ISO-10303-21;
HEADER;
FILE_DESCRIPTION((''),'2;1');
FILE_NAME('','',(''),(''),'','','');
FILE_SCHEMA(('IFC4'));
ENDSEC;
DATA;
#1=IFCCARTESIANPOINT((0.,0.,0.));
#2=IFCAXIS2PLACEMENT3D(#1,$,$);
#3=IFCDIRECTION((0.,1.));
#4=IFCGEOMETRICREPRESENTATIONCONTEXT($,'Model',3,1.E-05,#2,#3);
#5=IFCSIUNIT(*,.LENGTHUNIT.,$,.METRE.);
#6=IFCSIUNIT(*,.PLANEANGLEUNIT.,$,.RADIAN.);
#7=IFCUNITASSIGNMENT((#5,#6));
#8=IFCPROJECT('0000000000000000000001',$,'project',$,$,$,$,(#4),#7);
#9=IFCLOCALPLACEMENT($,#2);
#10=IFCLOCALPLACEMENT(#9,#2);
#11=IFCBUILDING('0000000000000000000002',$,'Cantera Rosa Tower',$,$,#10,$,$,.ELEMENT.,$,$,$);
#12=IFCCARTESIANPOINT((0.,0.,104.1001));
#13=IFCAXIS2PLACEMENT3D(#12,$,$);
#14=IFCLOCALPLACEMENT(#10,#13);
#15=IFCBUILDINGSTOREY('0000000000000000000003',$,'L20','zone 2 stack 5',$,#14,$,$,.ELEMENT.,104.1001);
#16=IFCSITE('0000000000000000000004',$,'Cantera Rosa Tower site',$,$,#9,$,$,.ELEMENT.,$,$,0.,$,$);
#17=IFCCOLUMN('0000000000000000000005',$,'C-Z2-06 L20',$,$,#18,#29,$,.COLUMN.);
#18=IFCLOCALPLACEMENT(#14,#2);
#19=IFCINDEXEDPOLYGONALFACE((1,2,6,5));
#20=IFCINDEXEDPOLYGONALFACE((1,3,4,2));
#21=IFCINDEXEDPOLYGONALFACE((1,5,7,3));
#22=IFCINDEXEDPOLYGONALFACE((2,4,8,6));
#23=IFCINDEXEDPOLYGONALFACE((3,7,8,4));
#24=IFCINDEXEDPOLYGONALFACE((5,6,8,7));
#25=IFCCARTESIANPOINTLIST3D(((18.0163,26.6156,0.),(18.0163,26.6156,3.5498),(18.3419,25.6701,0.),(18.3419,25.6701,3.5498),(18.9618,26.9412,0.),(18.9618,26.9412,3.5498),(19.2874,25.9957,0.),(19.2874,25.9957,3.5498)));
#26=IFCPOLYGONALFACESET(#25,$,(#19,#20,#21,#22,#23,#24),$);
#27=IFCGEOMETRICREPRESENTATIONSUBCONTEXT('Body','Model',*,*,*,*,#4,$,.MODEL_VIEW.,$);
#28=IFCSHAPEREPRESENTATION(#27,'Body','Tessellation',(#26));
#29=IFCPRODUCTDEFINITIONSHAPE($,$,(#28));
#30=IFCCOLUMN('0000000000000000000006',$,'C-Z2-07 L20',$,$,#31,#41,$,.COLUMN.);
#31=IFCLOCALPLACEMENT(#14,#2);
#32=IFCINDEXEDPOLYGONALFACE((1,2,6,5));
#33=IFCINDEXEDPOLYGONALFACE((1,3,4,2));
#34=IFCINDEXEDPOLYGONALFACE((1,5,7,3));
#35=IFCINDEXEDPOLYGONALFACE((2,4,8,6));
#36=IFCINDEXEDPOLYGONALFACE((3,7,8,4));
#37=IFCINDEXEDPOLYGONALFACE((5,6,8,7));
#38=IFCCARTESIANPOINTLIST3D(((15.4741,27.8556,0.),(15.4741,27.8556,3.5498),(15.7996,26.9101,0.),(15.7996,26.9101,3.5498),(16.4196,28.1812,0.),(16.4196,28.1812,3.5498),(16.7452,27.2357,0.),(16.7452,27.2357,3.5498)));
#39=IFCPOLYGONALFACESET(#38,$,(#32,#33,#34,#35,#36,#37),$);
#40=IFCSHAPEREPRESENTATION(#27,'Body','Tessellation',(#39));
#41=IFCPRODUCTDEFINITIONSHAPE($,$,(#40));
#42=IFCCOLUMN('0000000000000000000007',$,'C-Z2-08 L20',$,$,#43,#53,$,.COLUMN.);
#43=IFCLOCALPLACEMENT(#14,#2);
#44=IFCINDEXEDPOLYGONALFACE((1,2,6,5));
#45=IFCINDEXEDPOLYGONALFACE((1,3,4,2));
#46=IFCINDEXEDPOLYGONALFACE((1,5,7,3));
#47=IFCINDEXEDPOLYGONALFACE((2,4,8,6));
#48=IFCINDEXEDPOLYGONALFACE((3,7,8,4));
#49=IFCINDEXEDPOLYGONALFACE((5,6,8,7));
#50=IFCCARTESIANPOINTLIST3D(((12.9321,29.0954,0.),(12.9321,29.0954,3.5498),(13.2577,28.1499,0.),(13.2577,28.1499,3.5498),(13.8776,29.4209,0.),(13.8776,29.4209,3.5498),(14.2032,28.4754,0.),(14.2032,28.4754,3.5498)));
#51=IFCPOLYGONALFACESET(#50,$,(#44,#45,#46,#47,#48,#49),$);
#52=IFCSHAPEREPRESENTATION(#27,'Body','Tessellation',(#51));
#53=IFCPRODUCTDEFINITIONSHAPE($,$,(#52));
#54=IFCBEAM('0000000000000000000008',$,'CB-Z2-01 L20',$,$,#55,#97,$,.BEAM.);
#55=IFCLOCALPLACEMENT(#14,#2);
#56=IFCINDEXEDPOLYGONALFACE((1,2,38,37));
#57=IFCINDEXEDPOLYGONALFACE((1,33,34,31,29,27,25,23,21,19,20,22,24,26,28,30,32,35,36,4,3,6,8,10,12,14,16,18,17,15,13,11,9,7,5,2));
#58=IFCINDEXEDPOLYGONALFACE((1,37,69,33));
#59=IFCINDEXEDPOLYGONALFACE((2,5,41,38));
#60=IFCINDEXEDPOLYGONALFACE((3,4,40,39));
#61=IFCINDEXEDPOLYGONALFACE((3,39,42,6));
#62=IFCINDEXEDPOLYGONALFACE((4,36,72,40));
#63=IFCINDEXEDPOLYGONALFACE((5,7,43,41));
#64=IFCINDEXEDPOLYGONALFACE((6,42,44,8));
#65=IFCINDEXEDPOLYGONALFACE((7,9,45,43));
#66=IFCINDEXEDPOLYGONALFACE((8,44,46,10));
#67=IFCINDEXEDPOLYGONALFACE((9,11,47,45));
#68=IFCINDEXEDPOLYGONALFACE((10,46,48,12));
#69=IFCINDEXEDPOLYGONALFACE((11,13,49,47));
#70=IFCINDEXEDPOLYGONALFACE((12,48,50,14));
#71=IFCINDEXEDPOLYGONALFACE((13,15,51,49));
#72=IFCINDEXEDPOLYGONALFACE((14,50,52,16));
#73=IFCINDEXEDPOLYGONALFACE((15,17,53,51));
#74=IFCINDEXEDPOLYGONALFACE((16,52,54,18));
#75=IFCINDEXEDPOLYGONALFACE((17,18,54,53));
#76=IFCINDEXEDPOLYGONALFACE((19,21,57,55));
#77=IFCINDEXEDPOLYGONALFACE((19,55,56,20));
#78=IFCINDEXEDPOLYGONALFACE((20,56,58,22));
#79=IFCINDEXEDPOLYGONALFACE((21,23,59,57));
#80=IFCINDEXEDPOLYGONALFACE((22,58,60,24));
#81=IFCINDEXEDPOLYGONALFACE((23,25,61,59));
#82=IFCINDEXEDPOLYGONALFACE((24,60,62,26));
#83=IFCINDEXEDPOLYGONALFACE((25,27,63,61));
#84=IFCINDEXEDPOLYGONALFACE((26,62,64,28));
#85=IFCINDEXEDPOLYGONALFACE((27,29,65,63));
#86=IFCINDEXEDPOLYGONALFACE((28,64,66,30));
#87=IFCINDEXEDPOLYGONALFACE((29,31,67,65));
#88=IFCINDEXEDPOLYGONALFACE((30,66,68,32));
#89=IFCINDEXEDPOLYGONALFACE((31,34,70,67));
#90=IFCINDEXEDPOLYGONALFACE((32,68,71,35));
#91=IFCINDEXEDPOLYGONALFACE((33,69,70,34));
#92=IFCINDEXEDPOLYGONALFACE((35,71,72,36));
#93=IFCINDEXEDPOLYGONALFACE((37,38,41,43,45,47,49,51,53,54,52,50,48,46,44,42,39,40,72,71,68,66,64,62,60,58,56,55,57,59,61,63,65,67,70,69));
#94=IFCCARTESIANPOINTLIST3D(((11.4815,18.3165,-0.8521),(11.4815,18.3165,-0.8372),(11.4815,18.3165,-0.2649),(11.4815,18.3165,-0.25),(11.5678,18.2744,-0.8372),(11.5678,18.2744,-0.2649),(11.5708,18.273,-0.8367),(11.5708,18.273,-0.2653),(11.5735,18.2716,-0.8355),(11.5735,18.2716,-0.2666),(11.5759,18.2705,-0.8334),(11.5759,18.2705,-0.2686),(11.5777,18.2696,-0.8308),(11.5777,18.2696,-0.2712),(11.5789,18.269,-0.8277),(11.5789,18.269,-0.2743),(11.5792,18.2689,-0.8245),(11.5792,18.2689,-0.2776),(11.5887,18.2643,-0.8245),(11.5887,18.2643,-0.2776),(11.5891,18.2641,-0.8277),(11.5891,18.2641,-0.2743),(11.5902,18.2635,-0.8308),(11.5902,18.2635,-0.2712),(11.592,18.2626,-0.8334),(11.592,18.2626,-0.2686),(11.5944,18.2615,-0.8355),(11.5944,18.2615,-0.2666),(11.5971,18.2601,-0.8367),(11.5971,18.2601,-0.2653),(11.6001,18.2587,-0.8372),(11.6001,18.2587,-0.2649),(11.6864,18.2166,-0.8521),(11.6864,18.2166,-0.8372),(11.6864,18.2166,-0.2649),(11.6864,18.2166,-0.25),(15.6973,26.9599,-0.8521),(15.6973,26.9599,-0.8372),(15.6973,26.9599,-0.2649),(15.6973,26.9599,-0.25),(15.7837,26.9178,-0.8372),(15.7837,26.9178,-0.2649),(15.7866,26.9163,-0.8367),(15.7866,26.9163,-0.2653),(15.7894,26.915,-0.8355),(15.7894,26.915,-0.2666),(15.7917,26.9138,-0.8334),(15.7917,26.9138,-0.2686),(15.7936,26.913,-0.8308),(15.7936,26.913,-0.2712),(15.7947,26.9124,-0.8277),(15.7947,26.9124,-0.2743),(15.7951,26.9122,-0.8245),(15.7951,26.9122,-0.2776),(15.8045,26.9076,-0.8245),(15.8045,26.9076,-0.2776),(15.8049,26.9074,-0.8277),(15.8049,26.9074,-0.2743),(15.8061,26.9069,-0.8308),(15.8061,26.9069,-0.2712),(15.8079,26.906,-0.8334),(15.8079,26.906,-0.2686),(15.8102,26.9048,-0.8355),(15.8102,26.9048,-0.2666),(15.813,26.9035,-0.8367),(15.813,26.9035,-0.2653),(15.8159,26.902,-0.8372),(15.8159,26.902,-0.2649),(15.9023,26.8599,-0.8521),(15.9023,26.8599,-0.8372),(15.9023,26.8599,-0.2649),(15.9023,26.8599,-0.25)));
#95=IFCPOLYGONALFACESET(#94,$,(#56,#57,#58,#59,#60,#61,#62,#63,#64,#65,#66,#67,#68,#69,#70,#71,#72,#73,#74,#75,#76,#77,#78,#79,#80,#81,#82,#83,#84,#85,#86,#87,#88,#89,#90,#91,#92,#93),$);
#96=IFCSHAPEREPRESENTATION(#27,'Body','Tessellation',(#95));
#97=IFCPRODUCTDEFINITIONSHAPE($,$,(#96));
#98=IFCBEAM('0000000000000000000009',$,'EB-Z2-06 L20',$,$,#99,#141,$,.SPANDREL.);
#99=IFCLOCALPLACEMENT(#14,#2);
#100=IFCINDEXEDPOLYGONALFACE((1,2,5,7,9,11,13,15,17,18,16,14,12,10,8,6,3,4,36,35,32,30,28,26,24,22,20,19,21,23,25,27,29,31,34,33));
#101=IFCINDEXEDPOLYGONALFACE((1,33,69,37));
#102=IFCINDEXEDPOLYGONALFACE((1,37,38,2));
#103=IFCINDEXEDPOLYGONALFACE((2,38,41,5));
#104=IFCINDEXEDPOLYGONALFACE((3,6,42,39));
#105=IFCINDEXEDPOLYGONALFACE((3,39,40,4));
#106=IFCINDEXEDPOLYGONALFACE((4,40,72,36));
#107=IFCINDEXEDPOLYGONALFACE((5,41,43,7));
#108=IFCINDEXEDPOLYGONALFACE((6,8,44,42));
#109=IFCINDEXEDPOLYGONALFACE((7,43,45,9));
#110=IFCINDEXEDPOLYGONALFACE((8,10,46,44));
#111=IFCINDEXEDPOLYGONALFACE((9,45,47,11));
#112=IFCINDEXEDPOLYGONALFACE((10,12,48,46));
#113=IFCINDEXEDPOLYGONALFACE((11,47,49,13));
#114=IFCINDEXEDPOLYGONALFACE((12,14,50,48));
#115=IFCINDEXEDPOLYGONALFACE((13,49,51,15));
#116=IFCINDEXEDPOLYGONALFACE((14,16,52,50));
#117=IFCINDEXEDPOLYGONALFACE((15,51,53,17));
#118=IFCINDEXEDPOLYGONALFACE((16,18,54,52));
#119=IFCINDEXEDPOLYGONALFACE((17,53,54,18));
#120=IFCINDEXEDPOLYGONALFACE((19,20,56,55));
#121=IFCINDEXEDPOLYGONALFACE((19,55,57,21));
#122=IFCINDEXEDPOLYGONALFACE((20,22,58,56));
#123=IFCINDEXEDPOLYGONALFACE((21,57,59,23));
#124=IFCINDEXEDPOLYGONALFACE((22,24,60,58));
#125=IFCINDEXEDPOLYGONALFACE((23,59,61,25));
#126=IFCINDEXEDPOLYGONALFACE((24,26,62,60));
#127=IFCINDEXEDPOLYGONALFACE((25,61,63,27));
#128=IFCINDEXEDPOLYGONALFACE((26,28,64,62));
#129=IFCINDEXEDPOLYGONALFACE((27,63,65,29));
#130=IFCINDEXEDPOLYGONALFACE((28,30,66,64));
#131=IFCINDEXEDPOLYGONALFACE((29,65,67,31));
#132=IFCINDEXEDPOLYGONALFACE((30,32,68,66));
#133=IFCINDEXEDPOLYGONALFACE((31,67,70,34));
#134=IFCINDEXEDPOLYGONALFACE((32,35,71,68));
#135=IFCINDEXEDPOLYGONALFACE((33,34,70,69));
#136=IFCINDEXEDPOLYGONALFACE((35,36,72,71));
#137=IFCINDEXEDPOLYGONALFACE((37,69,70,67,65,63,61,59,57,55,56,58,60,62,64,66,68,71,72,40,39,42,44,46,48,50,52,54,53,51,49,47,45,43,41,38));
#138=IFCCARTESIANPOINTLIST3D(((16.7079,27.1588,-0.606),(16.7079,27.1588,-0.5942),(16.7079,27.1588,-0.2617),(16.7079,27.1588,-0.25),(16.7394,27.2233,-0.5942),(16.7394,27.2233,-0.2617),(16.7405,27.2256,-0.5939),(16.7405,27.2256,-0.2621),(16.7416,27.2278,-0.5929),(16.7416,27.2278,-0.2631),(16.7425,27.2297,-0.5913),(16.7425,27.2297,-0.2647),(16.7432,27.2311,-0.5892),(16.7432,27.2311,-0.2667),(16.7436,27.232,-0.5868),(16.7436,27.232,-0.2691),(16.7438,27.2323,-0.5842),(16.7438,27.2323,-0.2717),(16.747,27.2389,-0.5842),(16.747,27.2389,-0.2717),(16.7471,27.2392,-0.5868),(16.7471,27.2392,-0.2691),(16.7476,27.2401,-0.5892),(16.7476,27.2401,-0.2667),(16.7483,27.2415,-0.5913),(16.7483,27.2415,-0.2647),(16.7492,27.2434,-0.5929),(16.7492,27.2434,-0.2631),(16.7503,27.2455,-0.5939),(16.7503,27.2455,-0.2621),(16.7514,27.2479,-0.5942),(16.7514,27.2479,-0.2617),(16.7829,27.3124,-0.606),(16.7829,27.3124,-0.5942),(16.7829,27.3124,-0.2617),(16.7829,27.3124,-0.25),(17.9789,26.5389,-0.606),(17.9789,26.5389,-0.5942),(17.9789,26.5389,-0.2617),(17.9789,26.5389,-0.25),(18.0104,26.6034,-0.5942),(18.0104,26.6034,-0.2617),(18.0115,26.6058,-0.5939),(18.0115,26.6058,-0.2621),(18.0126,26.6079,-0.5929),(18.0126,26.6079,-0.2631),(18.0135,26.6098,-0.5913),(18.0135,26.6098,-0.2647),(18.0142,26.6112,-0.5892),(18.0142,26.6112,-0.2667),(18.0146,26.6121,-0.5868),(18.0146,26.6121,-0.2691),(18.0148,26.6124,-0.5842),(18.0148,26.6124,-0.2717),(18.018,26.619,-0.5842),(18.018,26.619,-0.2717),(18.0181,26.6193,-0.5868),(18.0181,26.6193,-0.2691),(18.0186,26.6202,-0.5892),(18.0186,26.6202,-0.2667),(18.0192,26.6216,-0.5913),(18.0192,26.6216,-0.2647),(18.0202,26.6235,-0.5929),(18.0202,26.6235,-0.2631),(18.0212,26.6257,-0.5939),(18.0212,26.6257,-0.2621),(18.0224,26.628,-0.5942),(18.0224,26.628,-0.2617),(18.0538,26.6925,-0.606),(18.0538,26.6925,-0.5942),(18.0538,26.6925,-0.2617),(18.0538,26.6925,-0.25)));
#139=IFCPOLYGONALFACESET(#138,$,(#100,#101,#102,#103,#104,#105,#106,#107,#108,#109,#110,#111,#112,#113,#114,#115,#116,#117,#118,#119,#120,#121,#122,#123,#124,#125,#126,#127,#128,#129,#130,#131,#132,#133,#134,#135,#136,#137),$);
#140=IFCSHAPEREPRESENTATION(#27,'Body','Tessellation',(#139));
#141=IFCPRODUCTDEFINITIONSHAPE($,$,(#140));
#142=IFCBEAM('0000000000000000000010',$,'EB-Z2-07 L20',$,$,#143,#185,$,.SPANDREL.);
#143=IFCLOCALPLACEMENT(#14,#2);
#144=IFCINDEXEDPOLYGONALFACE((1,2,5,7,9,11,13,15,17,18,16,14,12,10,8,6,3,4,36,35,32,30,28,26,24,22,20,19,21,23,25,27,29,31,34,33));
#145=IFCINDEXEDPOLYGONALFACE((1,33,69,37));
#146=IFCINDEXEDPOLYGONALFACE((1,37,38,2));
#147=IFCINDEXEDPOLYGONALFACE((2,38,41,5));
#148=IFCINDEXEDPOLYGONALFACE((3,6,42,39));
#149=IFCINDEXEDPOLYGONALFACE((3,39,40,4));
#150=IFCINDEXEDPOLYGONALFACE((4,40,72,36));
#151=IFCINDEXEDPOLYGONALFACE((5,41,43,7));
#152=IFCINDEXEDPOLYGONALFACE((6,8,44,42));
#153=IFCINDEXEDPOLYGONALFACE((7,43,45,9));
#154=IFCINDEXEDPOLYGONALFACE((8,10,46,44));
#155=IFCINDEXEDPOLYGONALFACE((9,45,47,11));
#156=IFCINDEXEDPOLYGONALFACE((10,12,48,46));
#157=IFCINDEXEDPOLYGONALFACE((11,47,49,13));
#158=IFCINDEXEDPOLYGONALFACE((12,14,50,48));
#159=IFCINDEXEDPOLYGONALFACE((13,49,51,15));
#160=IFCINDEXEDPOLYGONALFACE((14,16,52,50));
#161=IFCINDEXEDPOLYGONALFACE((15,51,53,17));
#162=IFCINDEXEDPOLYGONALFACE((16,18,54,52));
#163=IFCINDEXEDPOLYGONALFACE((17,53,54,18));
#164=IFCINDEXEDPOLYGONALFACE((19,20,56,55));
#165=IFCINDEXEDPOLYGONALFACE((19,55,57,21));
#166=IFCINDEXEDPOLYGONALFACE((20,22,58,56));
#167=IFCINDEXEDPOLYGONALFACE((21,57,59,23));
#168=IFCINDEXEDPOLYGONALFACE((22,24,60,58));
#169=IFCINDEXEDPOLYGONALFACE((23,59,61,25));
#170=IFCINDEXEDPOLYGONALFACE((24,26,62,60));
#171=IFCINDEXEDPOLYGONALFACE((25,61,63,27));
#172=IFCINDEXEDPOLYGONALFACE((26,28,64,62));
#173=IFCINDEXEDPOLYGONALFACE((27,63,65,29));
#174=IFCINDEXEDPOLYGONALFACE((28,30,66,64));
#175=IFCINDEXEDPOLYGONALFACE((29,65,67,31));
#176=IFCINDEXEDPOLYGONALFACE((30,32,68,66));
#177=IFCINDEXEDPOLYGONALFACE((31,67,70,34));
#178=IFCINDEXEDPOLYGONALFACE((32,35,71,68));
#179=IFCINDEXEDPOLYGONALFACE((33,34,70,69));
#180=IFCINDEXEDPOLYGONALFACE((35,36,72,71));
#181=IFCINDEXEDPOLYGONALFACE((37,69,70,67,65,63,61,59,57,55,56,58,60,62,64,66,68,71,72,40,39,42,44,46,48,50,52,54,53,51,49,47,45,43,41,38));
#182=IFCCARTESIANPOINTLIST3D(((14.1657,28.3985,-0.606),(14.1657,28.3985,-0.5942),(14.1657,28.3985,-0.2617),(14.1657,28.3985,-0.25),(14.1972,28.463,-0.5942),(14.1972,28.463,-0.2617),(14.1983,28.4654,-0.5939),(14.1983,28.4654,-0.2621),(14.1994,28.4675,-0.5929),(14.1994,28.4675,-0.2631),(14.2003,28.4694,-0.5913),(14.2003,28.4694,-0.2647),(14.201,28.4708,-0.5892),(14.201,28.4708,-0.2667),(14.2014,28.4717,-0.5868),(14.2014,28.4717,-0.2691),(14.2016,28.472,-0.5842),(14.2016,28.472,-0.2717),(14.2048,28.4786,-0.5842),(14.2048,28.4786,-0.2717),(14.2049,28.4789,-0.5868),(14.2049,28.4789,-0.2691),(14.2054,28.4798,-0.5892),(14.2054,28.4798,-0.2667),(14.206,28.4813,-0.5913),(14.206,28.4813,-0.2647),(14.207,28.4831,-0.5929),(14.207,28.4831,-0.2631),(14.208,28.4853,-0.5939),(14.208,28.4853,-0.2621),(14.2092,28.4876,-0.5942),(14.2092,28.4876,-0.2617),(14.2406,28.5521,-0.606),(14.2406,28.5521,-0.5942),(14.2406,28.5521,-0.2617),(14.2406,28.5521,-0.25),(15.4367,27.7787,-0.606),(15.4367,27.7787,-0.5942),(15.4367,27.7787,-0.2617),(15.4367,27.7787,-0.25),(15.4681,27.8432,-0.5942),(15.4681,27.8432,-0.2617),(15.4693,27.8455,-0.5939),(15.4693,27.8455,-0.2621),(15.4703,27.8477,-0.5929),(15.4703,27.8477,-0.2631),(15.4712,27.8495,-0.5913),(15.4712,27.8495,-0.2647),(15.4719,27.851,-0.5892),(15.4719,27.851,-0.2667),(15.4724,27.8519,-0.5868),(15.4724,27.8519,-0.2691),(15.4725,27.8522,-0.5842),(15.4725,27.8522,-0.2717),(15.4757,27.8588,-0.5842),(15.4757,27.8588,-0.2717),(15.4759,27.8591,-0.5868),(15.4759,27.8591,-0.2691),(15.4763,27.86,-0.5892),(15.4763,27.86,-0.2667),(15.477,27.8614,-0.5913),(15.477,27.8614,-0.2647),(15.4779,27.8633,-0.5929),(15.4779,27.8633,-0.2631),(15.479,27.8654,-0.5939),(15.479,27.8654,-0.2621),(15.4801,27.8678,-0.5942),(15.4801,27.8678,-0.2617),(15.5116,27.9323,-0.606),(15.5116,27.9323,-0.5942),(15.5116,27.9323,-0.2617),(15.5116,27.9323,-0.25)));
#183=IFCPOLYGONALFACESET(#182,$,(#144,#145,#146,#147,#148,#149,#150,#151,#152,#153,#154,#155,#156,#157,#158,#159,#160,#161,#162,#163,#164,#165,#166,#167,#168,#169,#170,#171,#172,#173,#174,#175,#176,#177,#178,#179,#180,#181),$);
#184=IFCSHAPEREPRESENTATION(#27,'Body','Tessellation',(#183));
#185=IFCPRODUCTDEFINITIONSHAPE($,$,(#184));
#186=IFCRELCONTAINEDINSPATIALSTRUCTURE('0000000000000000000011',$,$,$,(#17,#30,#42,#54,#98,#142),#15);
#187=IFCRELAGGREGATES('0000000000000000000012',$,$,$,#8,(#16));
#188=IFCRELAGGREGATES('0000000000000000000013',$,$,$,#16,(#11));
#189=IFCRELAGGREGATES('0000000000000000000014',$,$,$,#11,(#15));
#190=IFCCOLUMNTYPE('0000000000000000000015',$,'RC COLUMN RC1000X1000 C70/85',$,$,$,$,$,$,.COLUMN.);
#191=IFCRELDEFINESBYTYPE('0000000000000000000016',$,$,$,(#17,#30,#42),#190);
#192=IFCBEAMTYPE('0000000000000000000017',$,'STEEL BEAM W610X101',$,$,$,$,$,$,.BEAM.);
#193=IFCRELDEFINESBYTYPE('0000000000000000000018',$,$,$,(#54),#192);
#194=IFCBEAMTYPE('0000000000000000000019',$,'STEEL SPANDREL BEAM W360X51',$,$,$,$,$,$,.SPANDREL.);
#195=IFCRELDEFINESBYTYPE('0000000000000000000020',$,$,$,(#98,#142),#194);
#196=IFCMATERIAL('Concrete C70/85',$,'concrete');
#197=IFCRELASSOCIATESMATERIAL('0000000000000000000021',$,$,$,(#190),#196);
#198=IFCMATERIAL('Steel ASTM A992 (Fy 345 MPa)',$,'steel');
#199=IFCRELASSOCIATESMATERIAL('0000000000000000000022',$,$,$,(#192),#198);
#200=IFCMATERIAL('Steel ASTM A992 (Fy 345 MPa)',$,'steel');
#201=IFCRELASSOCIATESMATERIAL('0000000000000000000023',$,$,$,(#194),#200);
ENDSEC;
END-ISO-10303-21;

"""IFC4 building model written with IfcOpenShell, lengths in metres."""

from ifc_helpers import new_model, si_unit, direction, frame, origin, origin_2d, place, context, subcontext, project, spatial, rectangle, i_section, extrude, material, material_profile, profile_set, type_object, element, save


model = new_model("IFC4")

# Units and contexts
model_context = context("Model", 3, precision=1e-05, world=origin(), true_north=direction((0.0, 1.0)))
body_context = subcontext(model_context, "Body", "Model", "MODEL_VIEW")
ifc_project = project(units=[si_unit("LENGTHUNIT", "METRE"), si_unit("PLANEANGLEUNIT", "RADIAN")], contexts=[model_context])

# Site, building, storey
site_placement = place(None, origin())
site = spatial("IfcSite", under=ifc_project, at=site_placement, Name="Cantera Rosa Tower site", CompositionType="ELEMENT", RefElevation=0.0)
building_placement = place(site_placement, origin())
building = spatial("IfcBuilding", under=site, at=building_placement, Name="Cantera Rosa Tower", CompositionType="ELEMENT")
storey_placement = place(building_placement, frame((0.0, 0.0, 104.1001)))
storey = spatial("IfcBuildingStorey", under=building, at=storey_placement, Name="L20", Description="zone 2 stack 5", CompositionType="ELEMENT", Elevation=104.1001)

# Columns
ifc_material_1 = material(Name="Concrete C70/85", Category="concrete")
ifc_material_profile_1 = material_profile(ifc_material_1, rectangle(XDim=1.0, YDim=1.0, at=origin_2d()), Name="RC COLUMN RC1000X1000 C70/85")
ifc_profile_set_1 = profile_set([ifc_material_profile_1], Name="Concrete C70/85")
column_type = type_object("IfcColumnType", Name="RC COLUMN RC1000X1000 C70/85", PredefinedType="COLUMN", material=ifc_profile_set_1)
for number, where, z_axis, x_axis, name in (
    (1, (18.6519, 26.3057, 0.0), (0.0, 0.0, 1.0), (0.945519, 0.325568, 0.0), "C-Z2-06 L20"),
    (2, (16.1096, 27.5457, 0.0), (0.0, 0.0, 1.0), (0.945519, 0.325568, 0.0), "C-Z2-07 L20"),
    (3, (13.5676, 28.7854, 0.0), (0.0, 0.0, 1.0), (0.945519, 0.325568, 0.0), "C-Z2-08 L20"),
):
    element("IfcColumn", number, at=place(storey_placement, frame(where, z_axis=z_axis, x_axis=x_axis)), inside=storey, type_object=column_type, Name=name, PredefinedType="COLUMN", context=body_context, shape_type="SweptSolid", body=[
        extrude(rectangle(XDim=1.0, YDim=1.0, at=origin_2d()), origin(), (0.0, 0.0, 1.0), 3.5498),
    ])

# Beams
ifc_material_2 = material(Name="Steel ASTM A992 (Fy 345 MPa)", Category="steel")
ifc_material_profile_2 = material_profile(ifc_material_2, i_section(OverallWidth=0.228, OverallDepth=0.6021, WebThickness=0.0105, FlangeThickness=0.0149, FilletRadius=0.0127, at=origin_2d()), Name="W610X101")
ifc_profile_set_2 = profile_set([ifc_material_profile_2], Name="Steel ASTM A992 (Fy 345 MPa)")
beam_type_1 = type_object("IfcBeamType", Name="STEEL BEAM W610X101", PredefinedType="BEAM", material=ifc_profile_set_2)
beam_1_placement = place(storey_placement, frame((15.7998, 26.9099, -0.551), z_axis=(-0.438388, -0.898786, 0.0), x_axis=(0.898786, -0.438388, 0.0)))
element("IfcBeam", 4, at=beam_1_placement, inside=storey, type_object=beam_type_1, Name="CB-Z2-01 L20", PredefinedType="BEAM", context=body_context, shape_type="SweptSolid", body=[
    extrude(i_section(OverallWidth=0.228, OverallDepth=0.6021, WebThickness=0.0105, FlangeThickness=0.0149, FilletRadius=0.0127, at=origin_2d()), origin(), (0.0, 0.0, 1.0), 9.6167),
])
ifc_material_3 = material(Name="Steel ASTM A992 (Fy 345 MPa)", Category="steel")
ifc_material_profile_3 = material_profile(ifc_material_3, i_section(OverallWidth=0.1709, OverallDepth=0.356, WebThickness=0.0073, FlangeThickness=0.0117, FilletRadius=0.01, at=origin_2d()), Name="W360X51")
ifc_profile_set_3 = profile_set([ifc_material_profile_3], Name="Steel ASTM A992 (Fy 345 MPa)")
beam_type_2 = type_object("IfcBeamType", Name="STEEL SPANDREL BEAM W360X51", PredefinedType="SPANDREL", material=ifc_profile_set_3)
for number, where, z_axis, x_axis, name in (
    (5, (18.0164, 26.6157, -0.428), (-0.898803, 0.438352, 0.0), (-0.438352, -0.898803, 0.0), "EB-Z2-06 L20"),
    (6, (15.4741, 27.8555, -0.428), (-0.898803, 0.438352, 0.0), (-0.438352, -0.898803, 0.0), "EB-Z2-07 L20"),
):
    element("IfcBeam", number, at=place(storey_placement, frame(where, z_axis=z_axis, x_axis=x_axis)), inside=storey, type_object=beam_type_2, Name=name, PredefinedType="SPANDREL", context=body_context, shape_type="SweptSolid", body=[
        extrude(i_section(OverallWidth=0.1709, OverallDepth=0.356, WebThickness=0.0073, FlangeThickness=0.0117, FilletRadius=0.01, at=origin_2d()), origin(), (0.0, 0.0, 1.0), 1.4141),
    ])

save(model, "model.ifc")
